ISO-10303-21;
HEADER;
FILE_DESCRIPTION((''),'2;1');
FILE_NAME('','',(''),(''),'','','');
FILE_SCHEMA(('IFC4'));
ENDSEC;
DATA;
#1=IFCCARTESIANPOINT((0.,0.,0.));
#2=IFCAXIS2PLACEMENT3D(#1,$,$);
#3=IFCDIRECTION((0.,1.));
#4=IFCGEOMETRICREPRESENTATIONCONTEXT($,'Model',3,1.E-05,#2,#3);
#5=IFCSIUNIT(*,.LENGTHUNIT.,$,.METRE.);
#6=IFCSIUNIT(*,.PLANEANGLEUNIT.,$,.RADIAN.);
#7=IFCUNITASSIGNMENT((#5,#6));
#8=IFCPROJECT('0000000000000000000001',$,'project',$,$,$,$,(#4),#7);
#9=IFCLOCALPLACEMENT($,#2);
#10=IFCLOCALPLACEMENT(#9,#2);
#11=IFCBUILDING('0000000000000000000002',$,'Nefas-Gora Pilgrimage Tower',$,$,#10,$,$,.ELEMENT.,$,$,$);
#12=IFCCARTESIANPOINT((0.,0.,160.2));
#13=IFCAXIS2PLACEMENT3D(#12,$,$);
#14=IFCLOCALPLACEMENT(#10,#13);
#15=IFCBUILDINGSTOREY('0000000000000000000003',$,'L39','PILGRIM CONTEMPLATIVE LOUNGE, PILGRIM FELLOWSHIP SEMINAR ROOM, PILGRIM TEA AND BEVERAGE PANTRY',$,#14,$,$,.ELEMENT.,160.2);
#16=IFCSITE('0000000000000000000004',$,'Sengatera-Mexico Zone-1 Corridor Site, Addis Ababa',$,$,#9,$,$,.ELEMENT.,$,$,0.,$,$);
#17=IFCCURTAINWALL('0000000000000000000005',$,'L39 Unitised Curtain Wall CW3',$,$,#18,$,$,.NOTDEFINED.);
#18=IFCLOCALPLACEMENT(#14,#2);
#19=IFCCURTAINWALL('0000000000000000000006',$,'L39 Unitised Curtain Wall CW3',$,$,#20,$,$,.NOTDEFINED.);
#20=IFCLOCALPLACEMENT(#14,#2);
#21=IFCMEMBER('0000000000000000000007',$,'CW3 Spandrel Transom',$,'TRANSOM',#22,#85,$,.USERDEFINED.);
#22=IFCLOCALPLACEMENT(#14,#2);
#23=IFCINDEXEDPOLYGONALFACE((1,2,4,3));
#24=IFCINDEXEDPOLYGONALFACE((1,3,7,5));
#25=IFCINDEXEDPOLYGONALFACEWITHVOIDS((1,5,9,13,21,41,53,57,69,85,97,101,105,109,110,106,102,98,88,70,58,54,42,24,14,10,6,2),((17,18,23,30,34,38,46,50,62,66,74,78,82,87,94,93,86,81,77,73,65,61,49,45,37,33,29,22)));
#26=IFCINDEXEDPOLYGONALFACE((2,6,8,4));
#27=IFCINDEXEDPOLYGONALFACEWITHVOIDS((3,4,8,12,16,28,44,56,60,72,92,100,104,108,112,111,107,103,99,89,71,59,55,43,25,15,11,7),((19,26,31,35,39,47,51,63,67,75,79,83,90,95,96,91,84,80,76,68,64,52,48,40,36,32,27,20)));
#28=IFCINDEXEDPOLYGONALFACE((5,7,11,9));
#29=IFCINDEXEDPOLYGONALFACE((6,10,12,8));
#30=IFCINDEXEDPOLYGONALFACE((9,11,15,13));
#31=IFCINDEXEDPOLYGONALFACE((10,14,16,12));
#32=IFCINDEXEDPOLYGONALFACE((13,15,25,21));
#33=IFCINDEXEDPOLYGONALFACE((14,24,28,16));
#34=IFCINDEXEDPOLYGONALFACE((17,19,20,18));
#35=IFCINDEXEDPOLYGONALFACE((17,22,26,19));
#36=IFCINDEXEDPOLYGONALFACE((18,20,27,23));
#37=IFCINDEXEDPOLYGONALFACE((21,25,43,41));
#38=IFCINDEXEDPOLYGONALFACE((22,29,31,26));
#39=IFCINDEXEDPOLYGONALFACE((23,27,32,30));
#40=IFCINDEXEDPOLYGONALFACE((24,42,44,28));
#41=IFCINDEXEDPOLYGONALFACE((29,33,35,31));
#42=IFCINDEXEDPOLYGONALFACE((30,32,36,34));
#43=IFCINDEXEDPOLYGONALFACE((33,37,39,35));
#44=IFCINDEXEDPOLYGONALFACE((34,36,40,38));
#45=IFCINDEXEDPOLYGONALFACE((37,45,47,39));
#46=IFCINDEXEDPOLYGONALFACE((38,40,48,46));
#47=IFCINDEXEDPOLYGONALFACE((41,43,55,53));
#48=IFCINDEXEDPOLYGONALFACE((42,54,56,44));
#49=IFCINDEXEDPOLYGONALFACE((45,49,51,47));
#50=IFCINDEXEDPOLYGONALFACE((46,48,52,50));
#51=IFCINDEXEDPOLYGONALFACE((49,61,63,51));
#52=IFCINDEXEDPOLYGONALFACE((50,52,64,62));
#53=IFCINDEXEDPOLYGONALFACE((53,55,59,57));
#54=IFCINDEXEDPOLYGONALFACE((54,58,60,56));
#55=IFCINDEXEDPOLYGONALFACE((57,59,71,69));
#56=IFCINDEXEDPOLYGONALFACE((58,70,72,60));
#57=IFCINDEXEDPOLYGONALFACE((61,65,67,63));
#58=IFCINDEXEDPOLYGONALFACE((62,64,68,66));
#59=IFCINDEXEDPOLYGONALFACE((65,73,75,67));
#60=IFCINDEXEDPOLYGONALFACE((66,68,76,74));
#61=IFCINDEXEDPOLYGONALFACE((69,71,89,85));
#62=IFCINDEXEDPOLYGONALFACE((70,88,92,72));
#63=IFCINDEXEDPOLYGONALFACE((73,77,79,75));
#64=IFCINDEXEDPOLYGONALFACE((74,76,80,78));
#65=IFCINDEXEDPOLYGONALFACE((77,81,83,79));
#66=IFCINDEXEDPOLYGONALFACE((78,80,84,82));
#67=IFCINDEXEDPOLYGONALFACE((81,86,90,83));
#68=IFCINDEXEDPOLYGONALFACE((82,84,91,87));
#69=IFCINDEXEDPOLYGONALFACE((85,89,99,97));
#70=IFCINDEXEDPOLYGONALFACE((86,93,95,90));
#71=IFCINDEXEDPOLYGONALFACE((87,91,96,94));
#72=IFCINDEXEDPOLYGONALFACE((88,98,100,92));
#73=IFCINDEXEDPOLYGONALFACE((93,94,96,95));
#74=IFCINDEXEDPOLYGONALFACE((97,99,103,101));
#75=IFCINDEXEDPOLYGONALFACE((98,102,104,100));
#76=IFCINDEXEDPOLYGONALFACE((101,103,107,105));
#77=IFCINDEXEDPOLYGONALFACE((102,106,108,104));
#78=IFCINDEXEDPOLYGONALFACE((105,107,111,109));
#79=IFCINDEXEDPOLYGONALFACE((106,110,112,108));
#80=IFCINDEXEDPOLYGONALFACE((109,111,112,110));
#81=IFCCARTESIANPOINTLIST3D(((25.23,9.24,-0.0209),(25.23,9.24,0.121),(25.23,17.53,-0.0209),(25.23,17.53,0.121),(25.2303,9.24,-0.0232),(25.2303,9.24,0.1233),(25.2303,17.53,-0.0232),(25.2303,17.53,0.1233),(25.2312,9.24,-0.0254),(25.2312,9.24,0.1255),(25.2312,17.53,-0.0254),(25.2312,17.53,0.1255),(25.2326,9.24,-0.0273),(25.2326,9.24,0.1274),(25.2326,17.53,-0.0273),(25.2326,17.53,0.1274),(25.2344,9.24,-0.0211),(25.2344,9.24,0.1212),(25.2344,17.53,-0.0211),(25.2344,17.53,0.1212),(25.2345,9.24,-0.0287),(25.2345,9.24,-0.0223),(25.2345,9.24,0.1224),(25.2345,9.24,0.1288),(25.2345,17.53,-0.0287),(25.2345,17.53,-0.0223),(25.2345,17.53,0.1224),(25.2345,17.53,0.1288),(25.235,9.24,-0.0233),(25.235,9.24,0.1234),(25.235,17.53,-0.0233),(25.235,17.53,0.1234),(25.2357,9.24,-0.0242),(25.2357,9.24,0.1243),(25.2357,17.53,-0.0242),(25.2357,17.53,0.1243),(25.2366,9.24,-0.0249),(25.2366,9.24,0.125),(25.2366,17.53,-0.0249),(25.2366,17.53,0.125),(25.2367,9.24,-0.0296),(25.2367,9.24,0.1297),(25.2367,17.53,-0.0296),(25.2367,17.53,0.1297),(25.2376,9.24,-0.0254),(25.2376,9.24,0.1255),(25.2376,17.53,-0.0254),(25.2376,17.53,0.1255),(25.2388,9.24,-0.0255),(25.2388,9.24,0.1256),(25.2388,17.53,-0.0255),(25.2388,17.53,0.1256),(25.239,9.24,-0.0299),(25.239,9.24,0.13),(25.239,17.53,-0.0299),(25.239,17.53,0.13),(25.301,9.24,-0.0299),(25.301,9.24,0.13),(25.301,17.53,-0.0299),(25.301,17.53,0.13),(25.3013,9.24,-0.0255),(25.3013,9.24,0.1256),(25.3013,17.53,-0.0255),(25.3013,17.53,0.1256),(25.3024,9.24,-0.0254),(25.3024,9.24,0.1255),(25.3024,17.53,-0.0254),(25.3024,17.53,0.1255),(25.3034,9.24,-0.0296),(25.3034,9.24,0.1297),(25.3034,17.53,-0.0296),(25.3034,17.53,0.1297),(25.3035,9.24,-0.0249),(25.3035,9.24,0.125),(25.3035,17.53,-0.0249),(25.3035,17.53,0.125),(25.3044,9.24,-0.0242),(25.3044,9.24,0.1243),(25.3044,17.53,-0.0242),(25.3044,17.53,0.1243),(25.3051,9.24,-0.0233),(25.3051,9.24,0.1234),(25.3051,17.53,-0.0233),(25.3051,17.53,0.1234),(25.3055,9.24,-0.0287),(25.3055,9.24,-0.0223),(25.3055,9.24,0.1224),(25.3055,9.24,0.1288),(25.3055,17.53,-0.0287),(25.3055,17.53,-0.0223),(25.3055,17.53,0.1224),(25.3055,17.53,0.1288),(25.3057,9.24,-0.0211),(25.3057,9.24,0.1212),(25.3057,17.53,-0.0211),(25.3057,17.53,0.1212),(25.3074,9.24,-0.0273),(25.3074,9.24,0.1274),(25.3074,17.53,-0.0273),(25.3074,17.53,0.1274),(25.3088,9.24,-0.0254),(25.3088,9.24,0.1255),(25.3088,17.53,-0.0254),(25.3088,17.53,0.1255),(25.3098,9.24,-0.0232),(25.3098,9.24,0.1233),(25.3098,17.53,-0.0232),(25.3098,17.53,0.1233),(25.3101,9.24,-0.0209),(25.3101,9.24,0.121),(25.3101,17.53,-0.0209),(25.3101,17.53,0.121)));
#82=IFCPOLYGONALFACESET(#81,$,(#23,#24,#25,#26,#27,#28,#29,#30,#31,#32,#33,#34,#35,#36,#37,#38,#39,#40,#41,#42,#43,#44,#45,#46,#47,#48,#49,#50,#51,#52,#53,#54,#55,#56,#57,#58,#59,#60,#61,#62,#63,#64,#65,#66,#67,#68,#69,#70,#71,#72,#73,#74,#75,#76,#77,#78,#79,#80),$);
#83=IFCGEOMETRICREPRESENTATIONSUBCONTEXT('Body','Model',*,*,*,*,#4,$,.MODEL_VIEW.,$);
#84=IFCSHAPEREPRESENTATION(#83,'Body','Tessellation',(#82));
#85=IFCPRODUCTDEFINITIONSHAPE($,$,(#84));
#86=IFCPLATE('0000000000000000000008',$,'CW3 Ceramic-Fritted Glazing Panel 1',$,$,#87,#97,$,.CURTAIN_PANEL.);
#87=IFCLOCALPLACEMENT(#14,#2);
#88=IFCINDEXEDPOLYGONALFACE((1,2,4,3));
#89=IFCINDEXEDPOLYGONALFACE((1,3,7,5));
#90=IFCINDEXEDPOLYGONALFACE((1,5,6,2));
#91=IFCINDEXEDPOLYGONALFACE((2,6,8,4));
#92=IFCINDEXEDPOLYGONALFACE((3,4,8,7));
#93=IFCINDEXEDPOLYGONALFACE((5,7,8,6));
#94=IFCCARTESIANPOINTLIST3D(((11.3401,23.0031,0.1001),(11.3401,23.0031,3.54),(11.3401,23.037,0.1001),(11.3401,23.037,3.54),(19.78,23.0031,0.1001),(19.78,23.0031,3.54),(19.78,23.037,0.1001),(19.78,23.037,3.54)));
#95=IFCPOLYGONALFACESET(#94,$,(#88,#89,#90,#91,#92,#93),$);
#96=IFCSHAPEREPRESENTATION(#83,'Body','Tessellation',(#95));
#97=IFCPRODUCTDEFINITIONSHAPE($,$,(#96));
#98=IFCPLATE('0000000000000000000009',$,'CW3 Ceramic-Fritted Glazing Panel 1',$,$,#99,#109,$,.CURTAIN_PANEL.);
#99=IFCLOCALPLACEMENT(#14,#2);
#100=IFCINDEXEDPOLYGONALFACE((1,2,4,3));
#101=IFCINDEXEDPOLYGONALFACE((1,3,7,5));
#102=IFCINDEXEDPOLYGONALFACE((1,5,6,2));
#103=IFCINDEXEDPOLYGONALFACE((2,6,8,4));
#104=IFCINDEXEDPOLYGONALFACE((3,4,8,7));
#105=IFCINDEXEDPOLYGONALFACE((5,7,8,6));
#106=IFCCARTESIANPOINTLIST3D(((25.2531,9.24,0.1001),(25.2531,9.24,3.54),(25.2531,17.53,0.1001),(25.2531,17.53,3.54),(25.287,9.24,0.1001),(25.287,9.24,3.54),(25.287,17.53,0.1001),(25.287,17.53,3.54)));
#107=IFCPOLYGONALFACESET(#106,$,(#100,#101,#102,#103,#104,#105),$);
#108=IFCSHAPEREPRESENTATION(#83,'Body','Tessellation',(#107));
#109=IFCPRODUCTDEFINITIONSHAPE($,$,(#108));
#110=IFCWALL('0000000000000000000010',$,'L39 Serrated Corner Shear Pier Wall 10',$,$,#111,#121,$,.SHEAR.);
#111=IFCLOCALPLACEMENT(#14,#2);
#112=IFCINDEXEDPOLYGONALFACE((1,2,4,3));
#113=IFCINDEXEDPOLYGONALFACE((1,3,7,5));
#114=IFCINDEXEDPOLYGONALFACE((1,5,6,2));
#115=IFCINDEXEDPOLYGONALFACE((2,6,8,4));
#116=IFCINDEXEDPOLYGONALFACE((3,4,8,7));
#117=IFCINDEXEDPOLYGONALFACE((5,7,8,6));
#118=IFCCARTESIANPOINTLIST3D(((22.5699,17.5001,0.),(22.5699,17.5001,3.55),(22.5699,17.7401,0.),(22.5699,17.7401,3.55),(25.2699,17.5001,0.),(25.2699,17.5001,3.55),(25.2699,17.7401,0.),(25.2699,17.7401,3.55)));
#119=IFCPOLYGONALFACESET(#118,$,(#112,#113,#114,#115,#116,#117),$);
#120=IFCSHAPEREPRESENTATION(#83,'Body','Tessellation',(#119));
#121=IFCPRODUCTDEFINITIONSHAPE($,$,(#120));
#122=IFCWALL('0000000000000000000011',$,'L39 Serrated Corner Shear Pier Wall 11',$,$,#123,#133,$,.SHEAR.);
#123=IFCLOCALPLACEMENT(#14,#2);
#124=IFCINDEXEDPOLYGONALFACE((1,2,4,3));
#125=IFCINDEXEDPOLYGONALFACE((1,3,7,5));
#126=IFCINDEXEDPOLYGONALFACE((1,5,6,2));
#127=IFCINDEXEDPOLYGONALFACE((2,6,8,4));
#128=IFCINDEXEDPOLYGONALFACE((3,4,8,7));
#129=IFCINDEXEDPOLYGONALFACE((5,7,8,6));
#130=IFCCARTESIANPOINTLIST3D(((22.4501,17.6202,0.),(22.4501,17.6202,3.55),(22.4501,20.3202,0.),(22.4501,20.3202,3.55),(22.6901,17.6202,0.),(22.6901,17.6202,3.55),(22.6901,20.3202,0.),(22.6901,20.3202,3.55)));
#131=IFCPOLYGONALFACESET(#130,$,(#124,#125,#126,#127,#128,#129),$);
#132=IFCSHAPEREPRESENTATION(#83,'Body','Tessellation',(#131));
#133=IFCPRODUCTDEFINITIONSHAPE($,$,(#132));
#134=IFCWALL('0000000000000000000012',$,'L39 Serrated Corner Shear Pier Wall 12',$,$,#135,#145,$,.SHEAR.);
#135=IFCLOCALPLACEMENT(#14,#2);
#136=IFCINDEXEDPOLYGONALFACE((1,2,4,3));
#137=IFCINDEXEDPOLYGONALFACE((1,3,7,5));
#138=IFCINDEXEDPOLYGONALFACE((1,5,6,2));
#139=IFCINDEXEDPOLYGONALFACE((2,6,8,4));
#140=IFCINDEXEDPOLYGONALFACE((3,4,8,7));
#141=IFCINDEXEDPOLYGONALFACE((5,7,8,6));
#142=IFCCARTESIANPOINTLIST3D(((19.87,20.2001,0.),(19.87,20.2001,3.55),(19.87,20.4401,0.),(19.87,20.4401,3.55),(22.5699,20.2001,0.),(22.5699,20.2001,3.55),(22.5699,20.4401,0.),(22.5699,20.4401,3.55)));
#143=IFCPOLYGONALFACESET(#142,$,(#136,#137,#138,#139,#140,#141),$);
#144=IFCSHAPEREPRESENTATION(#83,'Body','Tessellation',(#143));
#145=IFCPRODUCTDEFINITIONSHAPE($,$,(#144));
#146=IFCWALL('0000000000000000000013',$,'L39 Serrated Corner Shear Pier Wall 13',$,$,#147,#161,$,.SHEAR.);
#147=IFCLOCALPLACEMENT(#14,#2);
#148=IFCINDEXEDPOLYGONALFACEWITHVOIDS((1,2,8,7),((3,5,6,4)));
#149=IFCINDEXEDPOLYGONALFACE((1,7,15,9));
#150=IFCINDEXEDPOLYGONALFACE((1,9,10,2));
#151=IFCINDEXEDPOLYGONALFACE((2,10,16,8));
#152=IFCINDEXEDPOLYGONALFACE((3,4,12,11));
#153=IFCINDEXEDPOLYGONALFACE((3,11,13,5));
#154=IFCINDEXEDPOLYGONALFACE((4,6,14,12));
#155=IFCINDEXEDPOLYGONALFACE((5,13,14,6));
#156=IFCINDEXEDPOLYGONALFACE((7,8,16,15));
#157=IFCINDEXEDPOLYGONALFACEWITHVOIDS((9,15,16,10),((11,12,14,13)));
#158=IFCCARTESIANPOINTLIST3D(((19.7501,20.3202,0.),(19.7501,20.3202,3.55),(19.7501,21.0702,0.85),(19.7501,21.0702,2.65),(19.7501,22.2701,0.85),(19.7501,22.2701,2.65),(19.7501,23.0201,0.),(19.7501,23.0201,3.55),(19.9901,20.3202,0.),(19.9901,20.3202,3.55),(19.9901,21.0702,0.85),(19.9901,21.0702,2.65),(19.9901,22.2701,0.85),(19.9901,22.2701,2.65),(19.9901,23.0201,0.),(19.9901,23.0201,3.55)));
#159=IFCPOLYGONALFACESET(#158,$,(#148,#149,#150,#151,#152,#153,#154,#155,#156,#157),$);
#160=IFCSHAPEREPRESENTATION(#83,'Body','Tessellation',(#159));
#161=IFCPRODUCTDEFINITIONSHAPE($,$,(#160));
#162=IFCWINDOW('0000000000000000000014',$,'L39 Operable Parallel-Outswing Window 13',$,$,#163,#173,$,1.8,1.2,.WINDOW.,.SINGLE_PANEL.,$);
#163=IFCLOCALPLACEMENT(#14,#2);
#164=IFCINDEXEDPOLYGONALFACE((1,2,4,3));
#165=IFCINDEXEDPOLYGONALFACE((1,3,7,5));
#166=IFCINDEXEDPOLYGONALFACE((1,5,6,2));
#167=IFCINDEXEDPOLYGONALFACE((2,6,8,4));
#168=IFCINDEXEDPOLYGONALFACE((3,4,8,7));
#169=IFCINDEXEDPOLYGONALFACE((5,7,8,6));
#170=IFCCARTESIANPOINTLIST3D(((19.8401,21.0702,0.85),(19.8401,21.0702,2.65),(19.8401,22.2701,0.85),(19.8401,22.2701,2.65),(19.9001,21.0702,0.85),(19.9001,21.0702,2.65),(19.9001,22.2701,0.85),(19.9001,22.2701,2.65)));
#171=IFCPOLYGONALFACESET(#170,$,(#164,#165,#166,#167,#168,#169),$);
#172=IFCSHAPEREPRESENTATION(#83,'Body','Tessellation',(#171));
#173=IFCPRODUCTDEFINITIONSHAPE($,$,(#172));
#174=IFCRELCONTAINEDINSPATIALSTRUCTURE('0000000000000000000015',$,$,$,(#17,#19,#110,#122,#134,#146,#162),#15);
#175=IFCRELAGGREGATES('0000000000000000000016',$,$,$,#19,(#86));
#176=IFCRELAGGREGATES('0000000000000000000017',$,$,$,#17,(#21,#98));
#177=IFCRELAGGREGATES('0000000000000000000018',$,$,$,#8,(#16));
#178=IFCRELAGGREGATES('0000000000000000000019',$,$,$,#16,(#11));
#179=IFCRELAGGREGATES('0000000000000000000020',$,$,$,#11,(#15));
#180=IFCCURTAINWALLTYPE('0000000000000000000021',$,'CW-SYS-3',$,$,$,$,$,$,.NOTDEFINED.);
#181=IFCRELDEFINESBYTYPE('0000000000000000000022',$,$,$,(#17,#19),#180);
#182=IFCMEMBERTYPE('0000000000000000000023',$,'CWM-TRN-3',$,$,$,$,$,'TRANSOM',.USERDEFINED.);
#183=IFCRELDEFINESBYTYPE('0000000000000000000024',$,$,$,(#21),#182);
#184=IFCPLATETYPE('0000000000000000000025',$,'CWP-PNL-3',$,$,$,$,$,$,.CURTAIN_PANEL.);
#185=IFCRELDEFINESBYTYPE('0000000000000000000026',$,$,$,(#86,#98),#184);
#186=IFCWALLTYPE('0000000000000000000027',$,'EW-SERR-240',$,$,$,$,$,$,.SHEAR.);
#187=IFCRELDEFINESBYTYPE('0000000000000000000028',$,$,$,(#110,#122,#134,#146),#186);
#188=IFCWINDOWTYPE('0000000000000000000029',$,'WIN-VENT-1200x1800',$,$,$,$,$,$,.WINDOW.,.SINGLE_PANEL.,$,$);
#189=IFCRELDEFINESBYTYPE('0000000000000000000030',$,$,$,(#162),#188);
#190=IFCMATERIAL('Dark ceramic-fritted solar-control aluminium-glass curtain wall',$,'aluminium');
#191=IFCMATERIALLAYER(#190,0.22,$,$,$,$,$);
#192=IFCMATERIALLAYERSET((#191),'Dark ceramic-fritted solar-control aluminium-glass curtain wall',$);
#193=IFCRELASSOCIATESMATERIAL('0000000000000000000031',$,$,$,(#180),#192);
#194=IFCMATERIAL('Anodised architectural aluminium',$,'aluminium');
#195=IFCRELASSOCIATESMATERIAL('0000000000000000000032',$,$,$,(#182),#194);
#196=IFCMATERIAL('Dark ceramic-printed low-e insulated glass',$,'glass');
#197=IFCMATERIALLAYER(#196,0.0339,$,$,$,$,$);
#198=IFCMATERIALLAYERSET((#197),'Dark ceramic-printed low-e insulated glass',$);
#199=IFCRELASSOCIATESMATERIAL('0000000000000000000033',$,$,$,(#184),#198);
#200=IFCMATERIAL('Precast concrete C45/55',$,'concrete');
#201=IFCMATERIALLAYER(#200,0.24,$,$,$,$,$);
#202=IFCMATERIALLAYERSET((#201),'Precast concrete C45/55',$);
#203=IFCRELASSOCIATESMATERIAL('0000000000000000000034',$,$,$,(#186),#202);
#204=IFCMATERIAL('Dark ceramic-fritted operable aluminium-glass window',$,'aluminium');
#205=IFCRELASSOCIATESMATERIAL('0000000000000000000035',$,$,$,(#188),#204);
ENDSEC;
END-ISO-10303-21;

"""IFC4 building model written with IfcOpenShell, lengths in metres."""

from ifc_helpers import new_model, si_unit, direction, frame, frame_2d, origin, origin_2d, place, context, subcontext, project, spatial, rectangle, hollow_rectangle, extrude, source, transform, mapped, material, layer, layer_set, material_profile, profile_set, type_object, element, fill, aggregate, save


model = new_model("IFC4")

# Units and contexts
model_context = context("Model", 3, precision=1e-05, world=origin(), true_north=direction((0.0, 1.0)))
body_context = subcontext(model_context, "Body", "Model", "MODEL_VIEW")
ifc_project = project(units=[si_unit("LENGTHUNIT", "METRE"), si_unit("PLANEANGLEUNIT", "RADIAN")], contexts=[model_context])

# Site, building, storey
site_placement = place(None, origin())
site = spatial("IfcSite", under=ifc_project, at=site_placement, Name="Sengatera-Mexico Zone-1 Corridor Site, Addis Ababa", CompositionType="ELEMENT", RefElevation=0.0)
building_placement = place(site_placement, origin())
building = spatial("IfcBuilding", under=site, at=building_placement, Name="Nefas-Gora Pilgrimage Tower", CompositionType="ELEMENT")
storey_placement = place(building_placement, frame((0.0, 0.0, 160.2)))
storey = spatial("IfcBuildingStorey", under=building, at=storey_placement, Name="L39", Description="PILGRIM CONTEMPLATIVE LOUNGE, PILGRIM FELLOWSHIP SEMINAR ROOM, PILGRIM TEA AND BEVERAGE PANTRY", CompositionType="ELEMENT", Elevation=160.2)

# Curtain walls
ifc_material_1 = material(Name="Dark ceramic-fritted solar-control aluminium-glass curtain wall", Category="aluminium")
ifc_layer_1 = layer(ifc_material_1, 0.22)
ifc_layer_set_1 = layer_set([ifc_layer_1], Name="Dark ceramic-fritted solar-control aluminium-glass curtain wall")
curtain_wall_type = type_object("IfcCurtainWallType", Name="CW-SYS-3", PredefinedType="NOTDEFINED", material=ifc_layer_set_1)
curtain_wall_1_placement = place(storey_placement, origin())
curtain_wall_1 = element("IfcCurtainWall", 1, at=curtain_wall_1_placement, inside=storey, type_object=curtain_wall_type, Name="L39 Unitised Curtain Wall CW3", PredefinedType="NOTDEFINED")
ifc_material_2 = material(Name="Anodised architectural aluminium", Category="aluminium")
curtain_wall_2_placement = place(storey_placement, origin())
curtain_wall_2 = element("IfcCurtainWall", 2, at=curtain_wall_2_placement, inside=storey, type_object=curtain_wall_type, Name="L39 Unitised Curtain Wall CW3", PredefinedType="NOTDEFINED")
ifc_material_profile_1 = material_profile(ifc_material_2, hollow_rectangle(XDim=0.0801, YDim=0.1599, WallThickness=0.0044, InnerFilletRadius=0.0044, OuterFilletRadius=0.009, at=origin_2d()), Name="ALU TRANSOM 80x160")
ifc_profile_set_1 = profile_set([ifc_material_profile_1], Name="Anodised architectural aluminium")
member_type_1 = type_object("IfcMemberType", Name="CWM-TRN-3", ElementType="TRANSOM", PredefinedType="USERDEFINED", material=ifc_profile_set_1)

# Member
shared_shape_1 = source(origin(), body_context, "Body", "SweptSolid", [
    extrude(hollow_rectangle(XDim=0.0801, YDim=0.1599, WallThickness=0.0044, InnerFilletRadius=0.0044, OuterFilletRadius=0.009, at=origin_2d()), origin(), (0.0, 0.0, 1.0), 8.29),
])
member_1_placement = place(storey_placement, frame((25.27, 9.24, 0.05), z_axis=(0.0, 1.0, 0.0), x_axis=(-1.0, 0.0, 0.0)))
member_1 = element("IfcMember", 3, at=member_1_placement, type_object=member_type_1, Name="CW3 Spandrel Transom", ObjectType="TRANSOM", PredefinedType="USERDEFINED", context=body_context, shape_type="MappedRepresentation", body=[
    mapped(shared_shape_1, transform((0.0, 0.0, 0.0), x_axis=(1.0, 0.0, 0.0), y_axis=(0.0, 1.0, 0.0), z_axis=(0.0, 0.0, 1.0), scale=1.0)),
])

# Plates
ifc_material_3 = material(Name="Dark ceramic-printed low-e insulated glass", Category="glass")
ifc_layer_2 = layer(ifc_material_3, 0.0339)
ifc_layer_set_2 = layer_set([ifc_layer_2], Name="Dark ceramic-printed low-e insulated glass")
plate_type = type_object("IfcPlateType", Name="CWP-PNL-3", PredefinedType="CURTAIN_PANEL", material=ifc_layer_set_2)
shared_shape_2 = source(origin(), body_context, "Body", "SweptSolid", [
    extrude(rectangle(XDim=8.4399, YDim=0.0339, at=origin_2d()), origin(), (0.0, 0.0, 1.0), 3.4399),
])
plate_1_placement = place(storey_placement, frame((15.5601, 23.02, 0.1001), z_axis=(0.0, 0.0, 1.0), x_axis=(-1.0, 0.0, 0.0)))
plate_1 = element("IfcPlate", 4, at=plate_1_placement, type_object=plate_type, Name="CW3 Ceramic-Fritted Glazing Panel 1", PredefinedType="CURTAIN_PANEL", context=body_context, shape_type="MappedRepresentation", body=[
    mapped(shared_shape_2, transform((0.0, 0.0, 0.0), x_axis=(1.0, 0.0, 0.0), y_axis=(0.0, 1.0, 0.0), z_axis=(0.0, 0.0, 1.0), scale=1.0)),
])
aggregate(curtain_wall_2, [plate_1])
shared_shape_3 = source(origin(), body_context, "Body", "SweptSolid", [
    extrude(rectangle(XDim=8.29, YDim=0.0339, at=origin_2d()), origin(), (0.0, 0.0, 1.0), 3.4399),
])
plate_2_placement = place(storey_placement, frame((25.27, 13.385, 0.1001), z_axis=(0.0, 0.0, 1.0), x_axis=(0.0, 1.0, 0.0)))
plate_2 = element("IfcPlate", 5, at=plate_2_placement, type_object=plate_type, Name="CW3 Ceramic-Fritted Glazing Panel 1", PredefinedType="CURTAIN_PANEL", context=body_context, shape_type="MappedRepresentation", body=[
    mapped(shared_shape_3, transform((0.0, 0.0, 0.0), x_axis=(1.0, 0.0, 0.0), y_axis=(0.0, 1.0, 0.0), z_axis=(0.0, 0.0, 1.0), scale=1.0)),
])
aggregate(curtain_wall_1, [member_1, plate_2])

# Walls
ifc_material_4 = material(Name="Precast concrete C45/55", Category="concrete")
ifc_layer_3 = layer(ifc_material_4, 0.24)
ifc_layer_set_3 = layer_set([ifc_layer_3], Name="Precast concrete C45/55")
wall_type_1 = type_object("IfcWallType", Name="EW-SERR-240", PredefinedType="SHEAR", material=ifc_layer_set_3)
shared_shape_4 = source(origin(), body_context, "Body", "SweptSolid", [
    extrude(rectangle(XDim=2.7, YDim=0.24, at=frame_2d((1.3501, 0.0))), origin(), (0.0, 0.0, 1.0), 3.55),
])
for number, where, z_axis, x_axis, name in (
    (6, (25.27, 17.6201, 0.0), (0.0, 0.0, 1.0), (-1.0, 0.0, 0.0), "L39 Serrated Corner Shear Pier Wall 10"),
    (7, (22.5701, 17.6201, 0.0), (0.0, 0.0, 1.0), (0.0, 1.0, 0.0), "L39 Serrated Corner Shear Pier Wall 11"),
    (8, (22.5701, 20.3201, 0.0), (0.0, 0.0, 1.0), (-1.0, 0.0, 0.0), "L39 Serrated Corner Shear Pier Wall 12"),
):
    element("IfcWall", number, at=place(storey_placement, frame(where, z_axis=z_axis, x_axis=x_axis)), inside=storey, type_object=wall_type_1, Name=name, PredefinedType="SHEAR", context=body_context, shape_type="MappedRepresentation", body=[
        mapped(shared_shape_4, transform((0.0, 0.0, 0.0), x_axis=(1.0, 0.0, 0.0), y_axis=(0.0, 1.0, 0.0), z_axis=(0.0, 0.0, 1.0), scale=1.0)),
    ])

# Wall, opening, window
wall_1_placement = place(storey_placement, frame((19.8701, 20.3201, 0.0), z_axis=(0.0, 0.0, 1.0), x_axis=(0.0, 1.0, 0.0)))
wall_1 = element("IfcWall", 9, at=wall_1_placement, inside=storey, type_object=wall_type_1, Name="L39 Serrated Corner Shear Pier Wall 13", PredefinedType="SHEAR", context=body_context, shape_type="MappedRepresentation", body=[
    mapped(shared_shape_4, transform((0.0, 0.0, 0.0), x_axis=(1.0, 0.0, 0.0), y_axis=(0.0, 1.0, 0.0), z_axis=(0.0, 0.0, 1.0), scale=1.0)),
])
opening_1_placement = place(wall_1_placement, frame((0.75, 0.0, 0.8501)))
opening_1 = element("IfcOpeningElement", 10, at=opening_1_placement, cuts=wall_1, PredefinedType="OPENING", context=body_context, shape_type="SweptSolid", body=[
    extrude(rectangle(XDim=1.2, YDim=1.8, at=frame_2d((0.6001, 0.8999))), frame((0.0, 0.1299, 0.0), z_axis=(0.0, -1.0, 0.0), x_axis=(1.0, 0.0, 0.0)), (0.0, 0.0, 1.0), 0.26),
])
ifc_material_5 = material(Name="Dark ceramic-fritted operable aluminium-glass window", Category="aluminium")
window_type = type_object("IfcWindowType", Name="WIN-VENT-1200x1800", PartitioningType="SINGLE_PANEL", PredefinedType="WINDOW", material=ifc_material_5)
shared_shape_5 = source(origin(), body_context, "Body", "SweptSolid", [
    extrude(rectangle(XDim=1.2, YDim=1.8, at=frame_2d((0.6001, 0.8999))), frame((0.0, 0.03, 0.0), z_axis=(0.0, -1.0, 0.0), x_axis=(1.0, 0.0, 0.0)), (0.0, 0.0, 1.0), 0.0601),
])
window_placement = place(opening_1_placement, origin())
window = element("IfcWindow", 11, at=window_placement, inside=storey, type_object=window_type, Name="L39 Operable Parallel-Outswing Window 13", OverallHeight=1.8, OverallWidth=1.2, PartitioningType="SINGLE_PANEL", PredefinedType="WINDOW", context=body_context, shape_type="MappedRepresentation", body=[
    mapped(shared_shape_5, transform((0.0, 0.0, 0.0), x_axis=(1.0, 0.0, 0.0), y_axis=(0.0, 1.0, 0.0), z_axis=(0.0, 0.0, 1.0), scale=1.0)),
])
fill(opening_1, window)

save(model, "model.ifc")
